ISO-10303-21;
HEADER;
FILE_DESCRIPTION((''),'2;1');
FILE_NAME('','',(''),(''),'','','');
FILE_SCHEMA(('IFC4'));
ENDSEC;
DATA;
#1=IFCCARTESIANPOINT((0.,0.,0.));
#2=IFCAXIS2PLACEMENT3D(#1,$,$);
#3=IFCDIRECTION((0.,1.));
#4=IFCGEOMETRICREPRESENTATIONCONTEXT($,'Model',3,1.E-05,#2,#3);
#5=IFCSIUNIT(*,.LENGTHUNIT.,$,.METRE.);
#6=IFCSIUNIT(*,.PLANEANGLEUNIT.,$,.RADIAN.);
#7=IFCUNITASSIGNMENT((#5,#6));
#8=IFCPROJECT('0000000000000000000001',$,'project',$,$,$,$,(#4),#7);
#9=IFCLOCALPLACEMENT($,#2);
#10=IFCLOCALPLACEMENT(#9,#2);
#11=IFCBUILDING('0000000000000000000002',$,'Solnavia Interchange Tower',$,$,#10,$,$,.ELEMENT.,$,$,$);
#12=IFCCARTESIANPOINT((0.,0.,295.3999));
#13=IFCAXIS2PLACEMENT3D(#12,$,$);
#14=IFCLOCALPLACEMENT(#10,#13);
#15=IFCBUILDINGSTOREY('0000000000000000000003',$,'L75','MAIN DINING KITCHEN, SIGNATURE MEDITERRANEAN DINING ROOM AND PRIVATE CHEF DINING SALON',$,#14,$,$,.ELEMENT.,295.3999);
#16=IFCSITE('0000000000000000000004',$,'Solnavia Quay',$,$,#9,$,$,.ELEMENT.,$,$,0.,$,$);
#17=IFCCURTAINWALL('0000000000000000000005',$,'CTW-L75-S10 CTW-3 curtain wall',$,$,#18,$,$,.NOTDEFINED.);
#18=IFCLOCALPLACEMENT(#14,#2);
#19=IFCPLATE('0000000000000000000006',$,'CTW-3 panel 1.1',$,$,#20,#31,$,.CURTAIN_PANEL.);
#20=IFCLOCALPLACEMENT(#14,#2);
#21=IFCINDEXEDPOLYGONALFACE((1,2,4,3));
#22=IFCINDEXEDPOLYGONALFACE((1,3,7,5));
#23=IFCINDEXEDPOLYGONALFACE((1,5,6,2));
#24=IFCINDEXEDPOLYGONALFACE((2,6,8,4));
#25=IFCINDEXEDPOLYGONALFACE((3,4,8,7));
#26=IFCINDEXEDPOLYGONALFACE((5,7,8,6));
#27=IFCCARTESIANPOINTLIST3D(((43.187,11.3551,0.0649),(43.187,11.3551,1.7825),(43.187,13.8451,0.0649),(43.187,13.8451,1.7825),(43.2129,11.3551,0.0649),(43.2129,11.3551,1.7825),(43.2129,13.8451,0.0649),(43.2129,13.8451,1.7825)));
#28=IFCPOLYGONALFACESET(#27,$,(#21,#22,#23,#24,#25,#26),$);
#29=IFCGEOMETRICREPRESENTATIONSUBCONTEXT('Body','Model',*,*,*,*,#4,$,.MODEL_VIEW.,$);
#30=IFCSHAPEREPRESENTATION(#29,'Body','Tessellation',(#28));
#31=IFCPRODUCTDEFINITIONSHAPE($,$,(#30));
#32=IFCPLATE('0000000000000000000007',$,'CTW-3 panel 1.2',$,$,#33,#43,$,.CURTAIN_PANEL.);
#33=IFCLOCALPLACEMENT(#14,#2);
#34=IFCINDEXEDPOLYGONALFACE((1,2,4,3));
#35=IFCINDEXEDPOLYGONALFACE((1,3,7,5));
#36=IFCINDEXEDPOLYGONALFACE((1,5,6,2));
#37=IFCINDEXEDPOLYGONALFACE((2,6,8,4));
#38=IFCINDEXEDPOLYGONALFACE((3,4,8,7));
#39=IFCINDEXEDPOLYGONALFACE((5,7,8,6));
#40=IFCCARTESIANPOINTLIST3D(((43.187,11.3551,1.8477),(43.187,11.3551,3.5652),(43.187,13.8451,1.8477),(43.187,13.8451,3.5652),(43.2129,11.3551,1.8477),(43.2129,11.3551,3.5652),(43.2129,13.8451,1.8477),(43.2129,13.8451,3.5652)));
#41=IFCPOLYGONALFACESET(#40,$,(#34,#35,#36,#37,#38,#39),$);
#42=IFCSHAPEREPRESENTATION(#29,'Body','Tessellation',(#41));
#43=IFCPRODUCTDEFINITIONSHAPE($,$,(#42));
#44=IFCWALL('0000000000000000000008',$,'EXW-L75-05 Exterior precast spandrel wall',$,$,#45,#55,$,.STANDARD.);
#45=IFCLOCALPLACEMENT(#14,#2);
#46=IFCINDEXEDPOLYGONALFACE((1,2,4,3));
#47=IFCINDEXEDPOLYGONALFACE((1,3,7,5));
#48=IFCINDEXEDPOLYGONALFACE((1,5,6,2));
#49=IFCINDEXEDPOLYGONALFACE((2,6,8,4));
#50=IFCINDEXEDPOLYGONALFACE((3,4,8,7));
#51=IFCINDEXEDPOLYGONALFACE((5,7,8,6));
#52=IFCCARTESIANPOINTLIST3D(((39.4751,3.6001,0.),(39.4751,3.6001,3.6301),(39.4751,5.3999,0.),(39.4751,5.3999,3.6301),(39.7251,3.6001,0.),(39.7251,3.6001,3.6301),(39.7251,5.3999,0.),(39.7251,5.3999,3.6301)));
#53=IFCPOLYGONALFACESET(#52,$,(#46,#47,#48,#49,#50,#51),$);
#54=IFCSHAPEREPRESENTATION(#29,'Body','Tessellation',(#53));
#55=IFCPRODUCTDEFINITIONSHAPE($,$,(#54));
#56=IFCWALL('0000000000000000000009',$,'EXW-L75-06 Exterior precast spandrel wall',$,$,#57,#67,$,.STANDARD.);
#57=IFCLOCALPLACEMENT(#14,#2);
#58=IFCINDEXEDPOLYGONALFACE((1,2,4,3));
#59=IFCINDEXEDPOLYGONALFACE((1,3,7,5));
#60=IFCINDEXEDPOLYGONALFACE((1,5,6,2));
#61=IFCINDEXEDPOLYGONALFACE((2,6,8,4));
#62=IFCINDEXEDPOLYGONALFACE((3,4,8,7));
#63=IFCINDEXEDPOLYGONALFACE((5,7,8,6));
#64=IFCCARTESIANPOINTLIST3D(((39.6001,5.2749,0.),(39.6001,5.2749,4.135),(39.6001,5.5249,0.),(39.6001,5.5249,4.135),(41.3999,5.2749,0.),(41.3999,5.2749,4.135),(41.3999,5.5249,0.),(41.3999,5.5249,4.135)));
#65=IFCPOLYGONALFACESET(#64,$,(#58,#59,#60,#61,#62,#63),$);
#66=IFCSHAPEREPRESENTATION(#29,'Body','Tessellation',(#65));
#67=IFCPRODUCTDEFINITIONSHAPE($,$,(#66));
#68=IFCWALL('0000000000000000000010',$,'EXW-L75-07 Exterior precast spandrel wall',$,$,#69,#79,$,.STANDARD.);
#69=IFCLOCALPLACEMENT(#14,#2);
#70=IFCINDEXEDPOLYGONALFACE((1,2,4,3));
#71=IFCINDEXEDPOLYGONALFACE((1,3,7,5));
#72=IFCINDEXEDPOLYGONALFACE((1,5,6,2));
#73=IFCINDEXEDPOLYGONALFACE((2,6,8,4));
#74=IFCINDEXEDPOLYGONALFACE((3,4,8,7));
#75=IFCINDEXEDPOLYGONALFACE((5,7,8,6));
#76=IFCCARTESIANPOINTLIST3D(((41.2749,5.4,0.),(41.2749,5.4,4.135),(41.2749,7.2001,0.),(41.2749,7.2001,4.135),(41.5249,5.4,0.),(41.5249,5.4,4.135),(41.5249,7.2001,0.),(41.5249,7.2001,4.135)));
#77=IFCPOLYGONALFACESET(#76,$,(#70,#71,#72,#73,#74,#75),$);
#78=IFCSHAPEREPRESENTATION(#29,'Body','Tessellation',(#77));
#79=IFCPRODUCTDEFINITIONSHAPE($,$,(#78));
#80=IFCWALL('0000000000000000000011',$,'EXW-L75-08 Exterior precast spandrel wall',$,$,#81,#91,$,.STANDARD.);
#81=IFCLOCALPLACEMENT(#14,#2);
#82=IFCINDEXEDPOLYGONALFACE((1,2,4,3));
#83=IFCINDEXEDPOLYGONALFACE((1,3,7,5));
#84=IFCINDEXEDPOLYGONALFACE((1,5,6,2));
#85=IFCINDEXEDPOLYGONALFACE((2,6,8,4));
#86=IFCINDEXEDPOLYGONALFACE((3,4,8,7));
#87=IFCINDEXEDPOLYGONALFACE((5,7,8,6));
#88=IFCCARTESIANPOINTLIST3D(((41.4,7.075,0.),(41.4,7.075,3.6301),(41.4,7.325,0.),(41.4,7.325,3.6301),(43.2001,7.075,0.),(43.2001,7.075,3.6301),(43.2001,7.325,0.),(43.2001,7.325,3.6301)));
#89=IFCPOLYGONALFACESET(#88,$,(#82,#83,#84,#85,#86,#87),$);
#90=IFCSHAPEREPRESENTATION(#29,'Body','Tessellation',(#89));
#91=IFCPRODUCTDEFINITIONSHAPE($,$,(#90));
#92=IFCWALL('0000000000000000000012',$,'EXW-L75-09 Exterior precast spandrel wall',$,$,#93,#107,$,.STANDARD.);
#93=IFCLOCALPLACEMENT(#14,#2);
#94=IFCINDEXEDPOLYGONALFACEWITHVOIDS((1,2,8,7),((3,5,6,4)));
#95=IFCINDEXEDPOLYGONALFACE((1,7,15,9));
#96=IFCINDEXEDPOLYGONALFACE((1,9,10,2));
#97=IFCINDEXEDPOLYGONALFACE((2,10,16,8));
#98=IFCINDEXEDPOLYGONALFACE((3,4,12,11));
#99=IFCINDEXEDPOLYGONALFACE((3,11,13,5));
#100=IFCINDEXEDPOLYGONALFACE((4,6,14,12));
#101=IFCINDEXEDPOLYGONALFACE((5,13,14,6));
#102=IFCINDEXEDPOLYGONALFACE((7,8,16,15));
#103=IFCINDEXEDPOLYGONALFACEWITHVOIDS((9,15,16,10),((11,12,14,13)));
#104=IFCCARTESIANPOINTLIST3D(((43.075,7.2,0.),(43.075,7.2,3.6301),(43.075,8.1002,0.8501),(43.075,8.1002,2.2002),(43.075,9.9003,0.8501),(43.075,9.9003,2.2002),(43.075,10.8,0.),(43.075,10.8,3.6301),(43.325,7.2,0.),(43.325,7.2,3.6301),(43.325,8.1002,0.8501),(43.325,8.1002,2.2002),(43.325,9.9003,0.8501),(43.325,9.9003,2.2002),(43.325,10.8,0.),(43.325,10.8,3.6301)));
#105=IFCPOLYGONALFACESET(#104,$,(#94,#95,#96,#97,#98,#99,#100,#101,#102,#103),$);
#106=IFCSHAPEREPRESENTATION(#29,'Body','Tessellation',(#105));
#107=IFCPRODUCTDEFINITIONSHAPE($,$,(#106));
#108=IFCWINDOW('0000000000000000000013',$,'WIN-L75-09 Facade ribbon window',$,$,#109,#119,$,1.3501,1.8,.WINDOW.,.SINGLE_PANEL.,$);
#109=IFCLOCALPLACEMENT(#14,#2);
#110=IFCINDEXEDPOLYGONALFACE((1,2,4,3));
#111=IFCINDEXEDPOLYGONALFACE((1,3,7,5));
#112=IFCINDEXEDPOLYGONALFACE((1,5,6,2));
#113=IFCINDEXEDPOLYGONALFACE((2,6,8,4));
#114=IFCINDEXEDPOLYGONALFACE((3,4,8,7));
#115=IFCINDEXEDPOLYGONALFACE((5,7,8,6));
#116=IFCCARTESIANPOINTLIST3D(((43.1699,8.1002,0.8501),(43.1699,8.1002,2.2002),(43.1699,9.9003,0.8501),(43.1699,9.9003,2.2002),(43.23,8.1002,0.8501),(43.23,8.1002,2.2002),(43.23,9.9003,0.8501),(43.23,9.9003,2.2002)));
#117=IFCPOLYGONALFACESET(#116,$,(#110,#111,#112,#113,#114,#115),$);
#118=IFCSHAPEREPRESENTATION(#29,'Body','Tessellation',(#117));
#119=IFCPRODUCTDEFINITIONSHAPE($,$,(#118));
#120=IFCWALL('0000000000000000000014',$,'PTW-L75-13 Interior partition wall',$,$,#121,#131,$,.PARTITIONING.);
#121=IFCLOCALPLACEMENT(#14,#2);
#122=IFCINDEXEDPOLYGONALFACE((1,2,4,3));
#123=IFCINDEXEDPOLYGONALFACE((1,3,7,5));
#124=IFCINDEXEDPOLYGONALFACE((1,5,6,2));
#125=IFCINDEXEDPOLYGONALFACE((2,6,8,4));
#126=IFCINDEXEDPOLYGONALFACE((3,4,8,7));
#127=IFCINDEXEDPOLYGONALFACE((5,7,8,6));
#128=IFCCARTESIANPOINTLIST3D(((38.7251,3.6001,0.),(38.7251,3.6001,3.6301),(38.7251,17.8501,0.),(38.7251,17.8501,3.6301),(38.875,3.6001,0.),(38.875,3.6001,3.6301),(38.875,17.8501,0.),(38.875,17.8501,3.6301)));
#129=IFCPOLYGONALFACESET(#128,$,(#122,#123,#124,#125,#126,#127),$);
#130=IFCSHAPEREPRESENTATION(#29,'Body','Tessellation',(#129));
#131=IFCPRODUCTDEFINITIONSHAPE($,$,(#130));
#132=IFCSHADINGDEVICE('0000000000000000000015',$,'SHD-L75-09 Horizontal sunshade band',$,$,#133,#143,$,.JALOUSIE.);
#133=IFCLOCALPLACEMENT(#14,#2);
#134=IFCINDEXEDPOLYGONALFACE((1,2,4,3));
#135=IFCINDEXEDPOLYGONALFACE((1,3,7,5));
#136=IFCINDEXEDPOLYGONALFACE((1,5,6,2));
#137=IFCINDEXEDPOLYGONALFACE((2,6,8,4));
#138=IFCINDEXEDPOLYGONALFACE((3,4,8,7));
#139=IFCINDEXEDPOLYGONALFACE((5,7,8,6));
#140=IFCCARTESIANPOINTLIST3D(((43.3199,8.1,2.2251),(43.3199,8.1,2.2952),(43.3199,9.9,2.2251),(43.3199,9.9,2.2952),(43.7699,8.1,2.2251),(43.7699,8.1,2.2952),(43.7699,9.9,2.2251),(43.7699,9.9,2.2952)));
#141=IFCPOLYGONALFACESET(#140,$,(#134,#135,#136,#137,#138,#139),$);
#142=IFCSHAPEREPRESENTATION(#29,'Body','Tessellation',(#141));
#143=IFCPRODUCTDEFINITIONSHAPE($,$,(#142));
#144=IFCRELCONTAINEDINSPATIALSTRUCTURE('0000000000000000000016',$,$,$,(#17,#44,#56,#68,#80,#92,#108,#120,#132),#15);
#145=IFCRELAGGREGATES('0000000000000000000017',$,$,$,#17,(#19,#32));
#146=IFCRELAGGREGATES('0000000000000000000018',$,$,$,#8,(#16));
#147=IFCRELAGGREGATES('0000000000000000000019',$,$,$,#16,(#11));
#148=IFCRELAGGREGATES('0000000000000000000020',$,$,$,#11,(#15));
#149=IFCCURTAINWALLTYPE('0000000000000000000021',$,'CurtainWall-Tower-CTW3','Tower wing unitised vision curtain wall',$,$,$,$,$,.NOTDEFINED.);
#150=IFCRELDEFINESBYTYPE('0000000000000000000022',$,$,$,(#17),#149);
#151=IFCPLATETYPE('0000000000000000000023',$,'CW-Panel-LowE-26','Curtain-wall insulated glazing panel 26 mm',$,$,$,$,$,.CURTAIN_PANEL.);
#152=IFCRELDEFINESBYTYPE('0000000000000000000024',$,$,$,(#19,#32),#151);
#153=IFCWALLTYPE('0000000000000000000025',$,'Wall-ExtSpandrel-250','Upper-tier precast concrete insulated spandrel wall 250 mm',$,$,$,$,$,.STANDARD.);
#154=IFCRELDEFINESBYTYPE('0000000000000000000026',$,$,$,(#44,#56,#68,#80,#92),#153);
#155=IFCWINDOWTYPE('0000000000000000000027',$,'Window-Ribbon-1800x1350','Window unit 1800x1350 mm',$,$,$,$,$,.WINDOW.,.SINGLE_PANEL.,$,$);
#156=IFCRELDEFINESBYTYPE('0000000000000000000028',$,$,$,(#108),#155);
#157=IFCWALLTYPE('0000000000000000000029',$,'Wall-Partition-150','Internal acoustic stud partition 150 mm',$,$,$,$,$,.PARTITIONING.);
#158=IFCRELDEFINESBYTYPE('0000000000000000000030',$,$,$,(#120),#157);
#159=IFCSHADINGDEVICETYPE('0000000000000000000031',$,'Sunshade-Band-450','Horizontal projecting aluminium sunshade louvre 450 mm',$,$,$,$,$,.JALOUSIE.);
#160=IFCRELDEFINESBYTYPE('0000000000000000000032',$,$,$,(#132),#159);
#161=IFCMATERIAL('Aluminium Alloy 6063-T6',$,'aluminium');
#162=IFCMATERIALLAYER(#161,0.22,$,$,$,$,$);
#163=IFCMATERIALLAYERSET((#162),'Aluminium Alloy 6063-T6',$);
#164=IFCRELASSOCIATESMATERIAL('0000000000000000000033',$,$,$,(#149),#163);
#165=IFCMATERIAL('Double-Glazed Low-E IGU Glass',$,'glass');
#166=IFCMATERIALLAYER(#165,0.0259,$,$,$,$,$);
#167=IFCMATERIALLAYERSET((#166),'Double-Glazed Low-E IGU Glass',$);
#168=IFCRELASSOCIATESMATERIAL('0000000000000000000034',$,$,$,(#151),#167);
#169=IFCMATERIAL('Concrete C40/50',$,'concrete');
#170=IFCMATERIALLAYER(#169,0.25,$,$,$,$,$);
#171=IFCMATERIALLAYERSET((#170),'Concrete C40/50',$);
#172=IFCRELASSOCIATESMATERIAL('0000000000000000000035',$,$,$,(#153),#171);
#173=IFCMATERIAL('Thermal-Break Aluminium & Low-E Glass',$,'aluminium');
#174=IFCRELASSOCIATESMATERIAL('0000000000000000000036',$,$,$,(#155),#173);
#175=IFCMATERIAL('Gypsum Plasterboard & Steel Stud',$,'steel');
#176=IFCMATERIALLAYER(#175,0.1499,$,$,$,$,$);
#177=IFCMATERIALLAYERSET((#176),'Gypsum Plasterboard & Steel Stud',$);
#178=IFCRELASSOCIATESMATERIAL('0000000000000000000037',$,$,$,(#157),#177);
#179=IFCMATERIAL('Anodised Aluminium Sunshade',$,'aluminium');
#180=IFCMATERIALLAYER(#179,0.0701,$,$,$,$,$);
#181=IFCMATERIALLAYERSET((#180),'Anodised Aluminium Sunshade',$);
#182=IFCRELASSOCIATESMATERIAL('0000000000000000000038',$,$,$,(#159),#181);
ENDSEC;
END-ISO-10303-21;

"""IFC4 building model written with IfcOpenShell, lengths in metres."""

from ifc_helpers import new_model, si_unit, direction, frame, frame_2d, origin, origin_2d, place, context, subcontext, project, spatial, rectangle, extrude, material, layer, layer_set, type_object, element, fill, aggregate, save


model = new_model("IFC4")

# Units and contexts
model_context = context("Model", 3, precision=1e-05, world=origin(), true_north=direction((0.0, 1.0)))
body_context = subcontext(model_context, "Body", "Model", "MODEL_VIEW")
ifc_project = project(units=[si_unit("LENGTHUNIT", "METRE"), si_unit("PLANEANGLEUNIT", "RADIAN")], contexts=[model_context])

# Site, building, storey
site_placement = place(None, origin())
site = spatial("IfcSite", under=ifc_project, at=site_placement, Name="Solnavia Quay", CompositionType="ELEMENT", RefElevation=0.0)
building_placement = place(site_placement, origin())
building = spatial("IfcBuilding", under=site, at=building_placement, Name="Solnavia Interchange Tower", CompositionType="ELEMENT")
storey_placement = place(building_placement, frame((0.0, 0.0, 295.3999)))
storey = spatial("IfcBuildingStorey", under=building, at=storey_placement, Name="L75", Description="MAIN DINING KITCHEN, SIGNATURE MEDITERRANEAN DINING ROOM AND PRIVATE CHEF DINING SALON", CompositionType="ELEMENT", Elevation=295.3999)

# Shared definitions
ifc_material_1 = material(Name="Aluminium Alloy 6063-T6", Category="aluminium")
ifc_layer_1 = layer(ifc_material_1, 0.22)
ifc_layer_set_1 = layer_set([ifc_layer_1], Name="Aluminium Alloy 6063-T6")
curtain_wall_type = type_object("IfcCurtainWallType", Name="CurtainWall-Tower-CTW3", Description="Tower wing unitised vision curtain wall", PredefinedType="NOTDEFINED", material=ifc_layer_set_1)

# Curtain wall, plates
curtain_wall_1_placement = place(storey_placement, origin())
curtain_wall_1 = element("IfcCurtainWall", 1, at=curtain_wall_1_placement, inside=storey, type_object=curtain_wall_type, Name="CTW-L75-S10 CTW-3 curtain wall", PredefinedType="NOTDEFINED")
ifc_material_2 = material(Name="Double-Glazed Low-E IGU Glass", Category="glass")
ifc_layer_2 = layer(ifc_material_2, 0.0259)
ifc_layer_set_2 = layer_set([ifc_layer_2], Name="Double-Glazed Low-E IGU Glass")
plate_type = type_object("IfcPlateType", Name="CW-Panel-LowE-26", Description="Curtain-wall insulated glazing panel 26 mm", PredefinedType="CURTAIN_PANEL", material=ifc_layer_set_2)
plate_1_placement = place(storey_placement, frame((43.2, 12.6001, 0.0649), z_axis=(0.0, 0.0, 1.0), x_axis=(0.0, 1.0, 0.0)))
plate_1 = element("IfcPlate", 2, at=plate_1_placement, type_object=plate_type, Name="CTW-3 panel 1.1", PredefinedType="CURTAIN_PANEL", context=body_context, shape_type="SweptSolid", body=[
    extrude(rectangle(XDim=2.49, YDim=0.0259, at=origin_2d()), origin(), (0.0, 0.0, 1.0), 1.7175),
])
plate_2_placement = place(storey_placement, frame((43.2, 12.6001, 1.8477), z_axis=(0.0, 0.0, 1.0), x_axis=(0.0, 1.0, 0.0)))
plate_2 = element("IfcPlate", 3, at=plate_2_placement, type_object=plate_type, Name="CTW-3 panel 1.2", PredefinedType="CURTAIN_PANEL", context=body_context, shape_type="SweptSolid", body=[
    extrude(rectangle(XDim=2.49, YDim=0.0259, at=origin_2d()), origin(), (0.0, 0.0, 1.0), 1.7175),
])
aggregate(curtain_wall_1, [plate_1, plate_2])

# Walls
ifc_material_3 = material(Name="Concrete C40/50", Category="concrete")
ifc_layer_3 = layer(ifc_material_3, 0.25)
ifc_layer_set_3 = layer_set([ifc_layer_3], Name="Concrete C40/50")
wall_type_1 = type_object("IfcWallType", Name="Wall-ExtSpandrel-250", Description="Upper-tier precast concrete insulated spandrel wall 250 mm", PredefinedType="STANDARD", material=ifc_layer_set_3)
wall_1_placement = place(storey_placement, frame((39.6001, 5.3999, 0.0), z_axis=(0.0, 0.0, 1.0), x_axis=(0.0, -1.0, 0.0)))
element("IfcWall", 4, at=wall_1_placement, inside=storey, type_object=wall_type_1, Name="EXW-L75-05 Exterior precast spandrel wall", PredefinedType="STANDARD", context=body_context, shape_type="SweptSolid", body=[
    extrude(rectangle(XDim=1.7998, YDim=0.25, at=frame_2d((0.8999, 0.0))), origin(), (0.0, 0.0, 1.0), 3.6301),
])
wall_2_placement = place(storey_placement, frame((41.3999, 5.3999, 0.0), z_axis=(0.0, 0.0, 1.0), x_axis=(-1.0, 0.0, 0.0)))
element("IfcWall", 5, at=wall_2_placement, inside=storey, type_object=wall_type_1, Name="EXW-L75-06 Exterior precast spandrel wall", PredefinedType="STANDARD", context=body_context, shape_type="SweptSolid", body=[
    extrude(rectangle(XDim=1.7998, YDim=0.25, at=frame_2d((0.8999, 0.0))), origin(), (0.0, 0.0, 1.0), 4.135),
])
wall_3_placement = place(storey_placement, frame((41.3999, 7.2, 0.0), z_axis=(0.0, 0.0, 1.0), x_axis=(0.0, -1.0, 0.0)))
element("IfcWall", 6, at=wall_3_placement, inside=storey, type_object=wall_type_1, Name="EXW-L75-07 Exterior precast spandrel wall", PredefinedType="STANDARD", context=body_context, shape_type="SweptSolid", body=[
    extrude(rectangle(XDim=1.8, YDim=0.25, at=frame_2d((0.8999, 0.0))), origin(), (0.0, 0.0, 1.0), 4.135),
])
wall_4_placement = place(storey_placement, frame((43.2, 7.2, 0.0), z_axis=(0.0, 0.0, 1.0), x_axis=(-1.0, 0.0, 0.0)))
element("IfcWall", 7, at=wall_4_placement, inside=storey, type_object=wall_type_1, Name="EXW-L75-08 Exterior precast spandrel wall", PredefinedType="STANDARD", context=body_context, shape_type="SweptSolid", body=[
    extrude(rectangle(XDim=1.8, YDim=0.25, at=frame_2d((0.8999, 0.0))), origin(), (0.0, 0.0, 1.0), 3.6301),
])

# Wall, opening, window
wall_5_placement = place(storey_placement, frame((43.2, 10.8, 0.0), z_axis=(0.0, 0.0, 1.0), x_axis=(0.0, -1.0, 0.0)))
wall_5 = element("IfcWall", 8, at=wall_5_placement, inside=storey, type_object=wall_type_1, Name="EXW-L75-09 Exterior precast spandrel wall", PredefinedType="STANDARD", context=body_context, shape_type="SweptSolid", body=[
    extrude(rectangle(XDim=3.6001, YDim=0.25, at=frame_2d((1.8, 0.0))), origin(), (0.0, 0.0, 1.0), 3.6301),
])
opening_placement = place(wall_5_placement, frame((0.8999, 0.0, 0.8501)))
opening = element("IfcOpeningElement", 9, at=opening_placement, cuts=wall_5, PredefinedType="OPENING", context=body_context, shape_type="SweptSolid", body=[
    extrude(rectangle(XDim=1.8, YDim=1.3501, at=frame_2d((0.8999, 0.675))), frame((0.0, 0.135, 0.0), z_axis=(0.0, -1.0, 0.0), x_axis=(1.0, 0.0, 0.0)), (0.0, 0.0, 1.0), 0.27),
])
ifc_material_4 = material(Name="Thermal-Break Aluminium & Low-E Glass", Category="aluminium")
window_type = type_object("IfcWindowType", Name="Window-Ribbon-1800x1350", Description="Window unit 1800x1350 mm", PartitioningType="SINGLE_PANEL", PredefinedType="WINDOW", material=ifc_material_4)
window_placement = place(opening_placement, origin())
window = element("IfcWindow", 10, at=window_placement, inside=storey, type_object=window_type, Name="WIN-L75-09 Facade ribbon window", OverallHeight=1.3501, OverallWidth=1.8, PartitioningType="SINGLE_PANEL", PredefinedType="WINDOW", context=body_context, shape_type="SweptSolid", body=[
    extrude(rectangle(XDim=1.8, YDim=1.3501, at=frame_2d((0.8999, 0.675))), frame((0.0, 0.03, 0.0), z_axis=(0.0, -1.0, 0.0), x_axis=(1.0, 0.0, 0.0)), (0.0, 0.0, 1.0), 0.0601),
])
fill(opening, window)

# Wall
ifc_material_5 = material(Name="Gypsum Plasterboard & Steel Stud", Category="steel")
ifc_layer_4 = layer(ifc_material_5, 0.1499)
ifc_layer_set_4 = layer_set([ifc_layer_4], Name="Gypsum Plasterboard & Steel Stud")
wall_type_2 = type_object("IfcWallType", Name="Wall-Partition-150", Description="Internal acoustic stud partition 150 mm", PredefinedType="PARTITIONING", material=ifc_layer_set_4)
wall_6_placement = place(storey_placement, frame((38.8, 3.6001, 0.0), z_axis=(0.0, 0.0, 1.0), x_axis=(0.0, 1.0, 0.0)))
element("IfcWall", 11, at=wall_6_placement, inside=storey, type_object=wall_type_2, Name="PTW-L75-13 Interior partition wall", PredefinedType="PARTITIONING", context=body_context, shape_type="SweptSolid", body=[
    extrude(rectangle(XDim=14.25, YDim=0.1499, at=frame_2d((7.125, 0.0))), origin(), (0.0, 0.0, 1.0), 3.6301),
])

# Shading device
ifc_material_6 = material(Name="Anodised Aluminium Sunshade", Category="aluminium")
ifc_layer_5 = layer(ifc_material_6, 0.0701)
ifc_layer_set_5 = layer_set([ifc_layer_5], Name="Anodised Aluminium Sunshade")
shading_device_type = type_object("IfcShadingDeviceType", Name="Sunshade-Band-450", Description="Horizontal projecting aluminium sunshade louvre 450 mm", PredefinedType="JALOUSIE", material=ifc_layer_set_5)
shading_device_placement = place(storey_placement, frame((43.5449, 9.0, 2.2251), z_axis=(0.0, 0.0, 1.0), x_axis=(0.0, -1.0, 0.0)))
element("IfcShadingDevice", 12, at=shading_device_placement, inside=storey, type_object=shading_device_type, Name="SHD-L75-09 Horizontal sunshade band", PredefinedType="JALOUSIE", context=body_context, shape_type="SweptSolid", body=[
    extrude(rectangle(XDim=1.8, YDim=0.45, at=origin_2d()), origin(), (0.0, 0.0, 1.0), 0.0701),
])

save(model, "model.ifc")
